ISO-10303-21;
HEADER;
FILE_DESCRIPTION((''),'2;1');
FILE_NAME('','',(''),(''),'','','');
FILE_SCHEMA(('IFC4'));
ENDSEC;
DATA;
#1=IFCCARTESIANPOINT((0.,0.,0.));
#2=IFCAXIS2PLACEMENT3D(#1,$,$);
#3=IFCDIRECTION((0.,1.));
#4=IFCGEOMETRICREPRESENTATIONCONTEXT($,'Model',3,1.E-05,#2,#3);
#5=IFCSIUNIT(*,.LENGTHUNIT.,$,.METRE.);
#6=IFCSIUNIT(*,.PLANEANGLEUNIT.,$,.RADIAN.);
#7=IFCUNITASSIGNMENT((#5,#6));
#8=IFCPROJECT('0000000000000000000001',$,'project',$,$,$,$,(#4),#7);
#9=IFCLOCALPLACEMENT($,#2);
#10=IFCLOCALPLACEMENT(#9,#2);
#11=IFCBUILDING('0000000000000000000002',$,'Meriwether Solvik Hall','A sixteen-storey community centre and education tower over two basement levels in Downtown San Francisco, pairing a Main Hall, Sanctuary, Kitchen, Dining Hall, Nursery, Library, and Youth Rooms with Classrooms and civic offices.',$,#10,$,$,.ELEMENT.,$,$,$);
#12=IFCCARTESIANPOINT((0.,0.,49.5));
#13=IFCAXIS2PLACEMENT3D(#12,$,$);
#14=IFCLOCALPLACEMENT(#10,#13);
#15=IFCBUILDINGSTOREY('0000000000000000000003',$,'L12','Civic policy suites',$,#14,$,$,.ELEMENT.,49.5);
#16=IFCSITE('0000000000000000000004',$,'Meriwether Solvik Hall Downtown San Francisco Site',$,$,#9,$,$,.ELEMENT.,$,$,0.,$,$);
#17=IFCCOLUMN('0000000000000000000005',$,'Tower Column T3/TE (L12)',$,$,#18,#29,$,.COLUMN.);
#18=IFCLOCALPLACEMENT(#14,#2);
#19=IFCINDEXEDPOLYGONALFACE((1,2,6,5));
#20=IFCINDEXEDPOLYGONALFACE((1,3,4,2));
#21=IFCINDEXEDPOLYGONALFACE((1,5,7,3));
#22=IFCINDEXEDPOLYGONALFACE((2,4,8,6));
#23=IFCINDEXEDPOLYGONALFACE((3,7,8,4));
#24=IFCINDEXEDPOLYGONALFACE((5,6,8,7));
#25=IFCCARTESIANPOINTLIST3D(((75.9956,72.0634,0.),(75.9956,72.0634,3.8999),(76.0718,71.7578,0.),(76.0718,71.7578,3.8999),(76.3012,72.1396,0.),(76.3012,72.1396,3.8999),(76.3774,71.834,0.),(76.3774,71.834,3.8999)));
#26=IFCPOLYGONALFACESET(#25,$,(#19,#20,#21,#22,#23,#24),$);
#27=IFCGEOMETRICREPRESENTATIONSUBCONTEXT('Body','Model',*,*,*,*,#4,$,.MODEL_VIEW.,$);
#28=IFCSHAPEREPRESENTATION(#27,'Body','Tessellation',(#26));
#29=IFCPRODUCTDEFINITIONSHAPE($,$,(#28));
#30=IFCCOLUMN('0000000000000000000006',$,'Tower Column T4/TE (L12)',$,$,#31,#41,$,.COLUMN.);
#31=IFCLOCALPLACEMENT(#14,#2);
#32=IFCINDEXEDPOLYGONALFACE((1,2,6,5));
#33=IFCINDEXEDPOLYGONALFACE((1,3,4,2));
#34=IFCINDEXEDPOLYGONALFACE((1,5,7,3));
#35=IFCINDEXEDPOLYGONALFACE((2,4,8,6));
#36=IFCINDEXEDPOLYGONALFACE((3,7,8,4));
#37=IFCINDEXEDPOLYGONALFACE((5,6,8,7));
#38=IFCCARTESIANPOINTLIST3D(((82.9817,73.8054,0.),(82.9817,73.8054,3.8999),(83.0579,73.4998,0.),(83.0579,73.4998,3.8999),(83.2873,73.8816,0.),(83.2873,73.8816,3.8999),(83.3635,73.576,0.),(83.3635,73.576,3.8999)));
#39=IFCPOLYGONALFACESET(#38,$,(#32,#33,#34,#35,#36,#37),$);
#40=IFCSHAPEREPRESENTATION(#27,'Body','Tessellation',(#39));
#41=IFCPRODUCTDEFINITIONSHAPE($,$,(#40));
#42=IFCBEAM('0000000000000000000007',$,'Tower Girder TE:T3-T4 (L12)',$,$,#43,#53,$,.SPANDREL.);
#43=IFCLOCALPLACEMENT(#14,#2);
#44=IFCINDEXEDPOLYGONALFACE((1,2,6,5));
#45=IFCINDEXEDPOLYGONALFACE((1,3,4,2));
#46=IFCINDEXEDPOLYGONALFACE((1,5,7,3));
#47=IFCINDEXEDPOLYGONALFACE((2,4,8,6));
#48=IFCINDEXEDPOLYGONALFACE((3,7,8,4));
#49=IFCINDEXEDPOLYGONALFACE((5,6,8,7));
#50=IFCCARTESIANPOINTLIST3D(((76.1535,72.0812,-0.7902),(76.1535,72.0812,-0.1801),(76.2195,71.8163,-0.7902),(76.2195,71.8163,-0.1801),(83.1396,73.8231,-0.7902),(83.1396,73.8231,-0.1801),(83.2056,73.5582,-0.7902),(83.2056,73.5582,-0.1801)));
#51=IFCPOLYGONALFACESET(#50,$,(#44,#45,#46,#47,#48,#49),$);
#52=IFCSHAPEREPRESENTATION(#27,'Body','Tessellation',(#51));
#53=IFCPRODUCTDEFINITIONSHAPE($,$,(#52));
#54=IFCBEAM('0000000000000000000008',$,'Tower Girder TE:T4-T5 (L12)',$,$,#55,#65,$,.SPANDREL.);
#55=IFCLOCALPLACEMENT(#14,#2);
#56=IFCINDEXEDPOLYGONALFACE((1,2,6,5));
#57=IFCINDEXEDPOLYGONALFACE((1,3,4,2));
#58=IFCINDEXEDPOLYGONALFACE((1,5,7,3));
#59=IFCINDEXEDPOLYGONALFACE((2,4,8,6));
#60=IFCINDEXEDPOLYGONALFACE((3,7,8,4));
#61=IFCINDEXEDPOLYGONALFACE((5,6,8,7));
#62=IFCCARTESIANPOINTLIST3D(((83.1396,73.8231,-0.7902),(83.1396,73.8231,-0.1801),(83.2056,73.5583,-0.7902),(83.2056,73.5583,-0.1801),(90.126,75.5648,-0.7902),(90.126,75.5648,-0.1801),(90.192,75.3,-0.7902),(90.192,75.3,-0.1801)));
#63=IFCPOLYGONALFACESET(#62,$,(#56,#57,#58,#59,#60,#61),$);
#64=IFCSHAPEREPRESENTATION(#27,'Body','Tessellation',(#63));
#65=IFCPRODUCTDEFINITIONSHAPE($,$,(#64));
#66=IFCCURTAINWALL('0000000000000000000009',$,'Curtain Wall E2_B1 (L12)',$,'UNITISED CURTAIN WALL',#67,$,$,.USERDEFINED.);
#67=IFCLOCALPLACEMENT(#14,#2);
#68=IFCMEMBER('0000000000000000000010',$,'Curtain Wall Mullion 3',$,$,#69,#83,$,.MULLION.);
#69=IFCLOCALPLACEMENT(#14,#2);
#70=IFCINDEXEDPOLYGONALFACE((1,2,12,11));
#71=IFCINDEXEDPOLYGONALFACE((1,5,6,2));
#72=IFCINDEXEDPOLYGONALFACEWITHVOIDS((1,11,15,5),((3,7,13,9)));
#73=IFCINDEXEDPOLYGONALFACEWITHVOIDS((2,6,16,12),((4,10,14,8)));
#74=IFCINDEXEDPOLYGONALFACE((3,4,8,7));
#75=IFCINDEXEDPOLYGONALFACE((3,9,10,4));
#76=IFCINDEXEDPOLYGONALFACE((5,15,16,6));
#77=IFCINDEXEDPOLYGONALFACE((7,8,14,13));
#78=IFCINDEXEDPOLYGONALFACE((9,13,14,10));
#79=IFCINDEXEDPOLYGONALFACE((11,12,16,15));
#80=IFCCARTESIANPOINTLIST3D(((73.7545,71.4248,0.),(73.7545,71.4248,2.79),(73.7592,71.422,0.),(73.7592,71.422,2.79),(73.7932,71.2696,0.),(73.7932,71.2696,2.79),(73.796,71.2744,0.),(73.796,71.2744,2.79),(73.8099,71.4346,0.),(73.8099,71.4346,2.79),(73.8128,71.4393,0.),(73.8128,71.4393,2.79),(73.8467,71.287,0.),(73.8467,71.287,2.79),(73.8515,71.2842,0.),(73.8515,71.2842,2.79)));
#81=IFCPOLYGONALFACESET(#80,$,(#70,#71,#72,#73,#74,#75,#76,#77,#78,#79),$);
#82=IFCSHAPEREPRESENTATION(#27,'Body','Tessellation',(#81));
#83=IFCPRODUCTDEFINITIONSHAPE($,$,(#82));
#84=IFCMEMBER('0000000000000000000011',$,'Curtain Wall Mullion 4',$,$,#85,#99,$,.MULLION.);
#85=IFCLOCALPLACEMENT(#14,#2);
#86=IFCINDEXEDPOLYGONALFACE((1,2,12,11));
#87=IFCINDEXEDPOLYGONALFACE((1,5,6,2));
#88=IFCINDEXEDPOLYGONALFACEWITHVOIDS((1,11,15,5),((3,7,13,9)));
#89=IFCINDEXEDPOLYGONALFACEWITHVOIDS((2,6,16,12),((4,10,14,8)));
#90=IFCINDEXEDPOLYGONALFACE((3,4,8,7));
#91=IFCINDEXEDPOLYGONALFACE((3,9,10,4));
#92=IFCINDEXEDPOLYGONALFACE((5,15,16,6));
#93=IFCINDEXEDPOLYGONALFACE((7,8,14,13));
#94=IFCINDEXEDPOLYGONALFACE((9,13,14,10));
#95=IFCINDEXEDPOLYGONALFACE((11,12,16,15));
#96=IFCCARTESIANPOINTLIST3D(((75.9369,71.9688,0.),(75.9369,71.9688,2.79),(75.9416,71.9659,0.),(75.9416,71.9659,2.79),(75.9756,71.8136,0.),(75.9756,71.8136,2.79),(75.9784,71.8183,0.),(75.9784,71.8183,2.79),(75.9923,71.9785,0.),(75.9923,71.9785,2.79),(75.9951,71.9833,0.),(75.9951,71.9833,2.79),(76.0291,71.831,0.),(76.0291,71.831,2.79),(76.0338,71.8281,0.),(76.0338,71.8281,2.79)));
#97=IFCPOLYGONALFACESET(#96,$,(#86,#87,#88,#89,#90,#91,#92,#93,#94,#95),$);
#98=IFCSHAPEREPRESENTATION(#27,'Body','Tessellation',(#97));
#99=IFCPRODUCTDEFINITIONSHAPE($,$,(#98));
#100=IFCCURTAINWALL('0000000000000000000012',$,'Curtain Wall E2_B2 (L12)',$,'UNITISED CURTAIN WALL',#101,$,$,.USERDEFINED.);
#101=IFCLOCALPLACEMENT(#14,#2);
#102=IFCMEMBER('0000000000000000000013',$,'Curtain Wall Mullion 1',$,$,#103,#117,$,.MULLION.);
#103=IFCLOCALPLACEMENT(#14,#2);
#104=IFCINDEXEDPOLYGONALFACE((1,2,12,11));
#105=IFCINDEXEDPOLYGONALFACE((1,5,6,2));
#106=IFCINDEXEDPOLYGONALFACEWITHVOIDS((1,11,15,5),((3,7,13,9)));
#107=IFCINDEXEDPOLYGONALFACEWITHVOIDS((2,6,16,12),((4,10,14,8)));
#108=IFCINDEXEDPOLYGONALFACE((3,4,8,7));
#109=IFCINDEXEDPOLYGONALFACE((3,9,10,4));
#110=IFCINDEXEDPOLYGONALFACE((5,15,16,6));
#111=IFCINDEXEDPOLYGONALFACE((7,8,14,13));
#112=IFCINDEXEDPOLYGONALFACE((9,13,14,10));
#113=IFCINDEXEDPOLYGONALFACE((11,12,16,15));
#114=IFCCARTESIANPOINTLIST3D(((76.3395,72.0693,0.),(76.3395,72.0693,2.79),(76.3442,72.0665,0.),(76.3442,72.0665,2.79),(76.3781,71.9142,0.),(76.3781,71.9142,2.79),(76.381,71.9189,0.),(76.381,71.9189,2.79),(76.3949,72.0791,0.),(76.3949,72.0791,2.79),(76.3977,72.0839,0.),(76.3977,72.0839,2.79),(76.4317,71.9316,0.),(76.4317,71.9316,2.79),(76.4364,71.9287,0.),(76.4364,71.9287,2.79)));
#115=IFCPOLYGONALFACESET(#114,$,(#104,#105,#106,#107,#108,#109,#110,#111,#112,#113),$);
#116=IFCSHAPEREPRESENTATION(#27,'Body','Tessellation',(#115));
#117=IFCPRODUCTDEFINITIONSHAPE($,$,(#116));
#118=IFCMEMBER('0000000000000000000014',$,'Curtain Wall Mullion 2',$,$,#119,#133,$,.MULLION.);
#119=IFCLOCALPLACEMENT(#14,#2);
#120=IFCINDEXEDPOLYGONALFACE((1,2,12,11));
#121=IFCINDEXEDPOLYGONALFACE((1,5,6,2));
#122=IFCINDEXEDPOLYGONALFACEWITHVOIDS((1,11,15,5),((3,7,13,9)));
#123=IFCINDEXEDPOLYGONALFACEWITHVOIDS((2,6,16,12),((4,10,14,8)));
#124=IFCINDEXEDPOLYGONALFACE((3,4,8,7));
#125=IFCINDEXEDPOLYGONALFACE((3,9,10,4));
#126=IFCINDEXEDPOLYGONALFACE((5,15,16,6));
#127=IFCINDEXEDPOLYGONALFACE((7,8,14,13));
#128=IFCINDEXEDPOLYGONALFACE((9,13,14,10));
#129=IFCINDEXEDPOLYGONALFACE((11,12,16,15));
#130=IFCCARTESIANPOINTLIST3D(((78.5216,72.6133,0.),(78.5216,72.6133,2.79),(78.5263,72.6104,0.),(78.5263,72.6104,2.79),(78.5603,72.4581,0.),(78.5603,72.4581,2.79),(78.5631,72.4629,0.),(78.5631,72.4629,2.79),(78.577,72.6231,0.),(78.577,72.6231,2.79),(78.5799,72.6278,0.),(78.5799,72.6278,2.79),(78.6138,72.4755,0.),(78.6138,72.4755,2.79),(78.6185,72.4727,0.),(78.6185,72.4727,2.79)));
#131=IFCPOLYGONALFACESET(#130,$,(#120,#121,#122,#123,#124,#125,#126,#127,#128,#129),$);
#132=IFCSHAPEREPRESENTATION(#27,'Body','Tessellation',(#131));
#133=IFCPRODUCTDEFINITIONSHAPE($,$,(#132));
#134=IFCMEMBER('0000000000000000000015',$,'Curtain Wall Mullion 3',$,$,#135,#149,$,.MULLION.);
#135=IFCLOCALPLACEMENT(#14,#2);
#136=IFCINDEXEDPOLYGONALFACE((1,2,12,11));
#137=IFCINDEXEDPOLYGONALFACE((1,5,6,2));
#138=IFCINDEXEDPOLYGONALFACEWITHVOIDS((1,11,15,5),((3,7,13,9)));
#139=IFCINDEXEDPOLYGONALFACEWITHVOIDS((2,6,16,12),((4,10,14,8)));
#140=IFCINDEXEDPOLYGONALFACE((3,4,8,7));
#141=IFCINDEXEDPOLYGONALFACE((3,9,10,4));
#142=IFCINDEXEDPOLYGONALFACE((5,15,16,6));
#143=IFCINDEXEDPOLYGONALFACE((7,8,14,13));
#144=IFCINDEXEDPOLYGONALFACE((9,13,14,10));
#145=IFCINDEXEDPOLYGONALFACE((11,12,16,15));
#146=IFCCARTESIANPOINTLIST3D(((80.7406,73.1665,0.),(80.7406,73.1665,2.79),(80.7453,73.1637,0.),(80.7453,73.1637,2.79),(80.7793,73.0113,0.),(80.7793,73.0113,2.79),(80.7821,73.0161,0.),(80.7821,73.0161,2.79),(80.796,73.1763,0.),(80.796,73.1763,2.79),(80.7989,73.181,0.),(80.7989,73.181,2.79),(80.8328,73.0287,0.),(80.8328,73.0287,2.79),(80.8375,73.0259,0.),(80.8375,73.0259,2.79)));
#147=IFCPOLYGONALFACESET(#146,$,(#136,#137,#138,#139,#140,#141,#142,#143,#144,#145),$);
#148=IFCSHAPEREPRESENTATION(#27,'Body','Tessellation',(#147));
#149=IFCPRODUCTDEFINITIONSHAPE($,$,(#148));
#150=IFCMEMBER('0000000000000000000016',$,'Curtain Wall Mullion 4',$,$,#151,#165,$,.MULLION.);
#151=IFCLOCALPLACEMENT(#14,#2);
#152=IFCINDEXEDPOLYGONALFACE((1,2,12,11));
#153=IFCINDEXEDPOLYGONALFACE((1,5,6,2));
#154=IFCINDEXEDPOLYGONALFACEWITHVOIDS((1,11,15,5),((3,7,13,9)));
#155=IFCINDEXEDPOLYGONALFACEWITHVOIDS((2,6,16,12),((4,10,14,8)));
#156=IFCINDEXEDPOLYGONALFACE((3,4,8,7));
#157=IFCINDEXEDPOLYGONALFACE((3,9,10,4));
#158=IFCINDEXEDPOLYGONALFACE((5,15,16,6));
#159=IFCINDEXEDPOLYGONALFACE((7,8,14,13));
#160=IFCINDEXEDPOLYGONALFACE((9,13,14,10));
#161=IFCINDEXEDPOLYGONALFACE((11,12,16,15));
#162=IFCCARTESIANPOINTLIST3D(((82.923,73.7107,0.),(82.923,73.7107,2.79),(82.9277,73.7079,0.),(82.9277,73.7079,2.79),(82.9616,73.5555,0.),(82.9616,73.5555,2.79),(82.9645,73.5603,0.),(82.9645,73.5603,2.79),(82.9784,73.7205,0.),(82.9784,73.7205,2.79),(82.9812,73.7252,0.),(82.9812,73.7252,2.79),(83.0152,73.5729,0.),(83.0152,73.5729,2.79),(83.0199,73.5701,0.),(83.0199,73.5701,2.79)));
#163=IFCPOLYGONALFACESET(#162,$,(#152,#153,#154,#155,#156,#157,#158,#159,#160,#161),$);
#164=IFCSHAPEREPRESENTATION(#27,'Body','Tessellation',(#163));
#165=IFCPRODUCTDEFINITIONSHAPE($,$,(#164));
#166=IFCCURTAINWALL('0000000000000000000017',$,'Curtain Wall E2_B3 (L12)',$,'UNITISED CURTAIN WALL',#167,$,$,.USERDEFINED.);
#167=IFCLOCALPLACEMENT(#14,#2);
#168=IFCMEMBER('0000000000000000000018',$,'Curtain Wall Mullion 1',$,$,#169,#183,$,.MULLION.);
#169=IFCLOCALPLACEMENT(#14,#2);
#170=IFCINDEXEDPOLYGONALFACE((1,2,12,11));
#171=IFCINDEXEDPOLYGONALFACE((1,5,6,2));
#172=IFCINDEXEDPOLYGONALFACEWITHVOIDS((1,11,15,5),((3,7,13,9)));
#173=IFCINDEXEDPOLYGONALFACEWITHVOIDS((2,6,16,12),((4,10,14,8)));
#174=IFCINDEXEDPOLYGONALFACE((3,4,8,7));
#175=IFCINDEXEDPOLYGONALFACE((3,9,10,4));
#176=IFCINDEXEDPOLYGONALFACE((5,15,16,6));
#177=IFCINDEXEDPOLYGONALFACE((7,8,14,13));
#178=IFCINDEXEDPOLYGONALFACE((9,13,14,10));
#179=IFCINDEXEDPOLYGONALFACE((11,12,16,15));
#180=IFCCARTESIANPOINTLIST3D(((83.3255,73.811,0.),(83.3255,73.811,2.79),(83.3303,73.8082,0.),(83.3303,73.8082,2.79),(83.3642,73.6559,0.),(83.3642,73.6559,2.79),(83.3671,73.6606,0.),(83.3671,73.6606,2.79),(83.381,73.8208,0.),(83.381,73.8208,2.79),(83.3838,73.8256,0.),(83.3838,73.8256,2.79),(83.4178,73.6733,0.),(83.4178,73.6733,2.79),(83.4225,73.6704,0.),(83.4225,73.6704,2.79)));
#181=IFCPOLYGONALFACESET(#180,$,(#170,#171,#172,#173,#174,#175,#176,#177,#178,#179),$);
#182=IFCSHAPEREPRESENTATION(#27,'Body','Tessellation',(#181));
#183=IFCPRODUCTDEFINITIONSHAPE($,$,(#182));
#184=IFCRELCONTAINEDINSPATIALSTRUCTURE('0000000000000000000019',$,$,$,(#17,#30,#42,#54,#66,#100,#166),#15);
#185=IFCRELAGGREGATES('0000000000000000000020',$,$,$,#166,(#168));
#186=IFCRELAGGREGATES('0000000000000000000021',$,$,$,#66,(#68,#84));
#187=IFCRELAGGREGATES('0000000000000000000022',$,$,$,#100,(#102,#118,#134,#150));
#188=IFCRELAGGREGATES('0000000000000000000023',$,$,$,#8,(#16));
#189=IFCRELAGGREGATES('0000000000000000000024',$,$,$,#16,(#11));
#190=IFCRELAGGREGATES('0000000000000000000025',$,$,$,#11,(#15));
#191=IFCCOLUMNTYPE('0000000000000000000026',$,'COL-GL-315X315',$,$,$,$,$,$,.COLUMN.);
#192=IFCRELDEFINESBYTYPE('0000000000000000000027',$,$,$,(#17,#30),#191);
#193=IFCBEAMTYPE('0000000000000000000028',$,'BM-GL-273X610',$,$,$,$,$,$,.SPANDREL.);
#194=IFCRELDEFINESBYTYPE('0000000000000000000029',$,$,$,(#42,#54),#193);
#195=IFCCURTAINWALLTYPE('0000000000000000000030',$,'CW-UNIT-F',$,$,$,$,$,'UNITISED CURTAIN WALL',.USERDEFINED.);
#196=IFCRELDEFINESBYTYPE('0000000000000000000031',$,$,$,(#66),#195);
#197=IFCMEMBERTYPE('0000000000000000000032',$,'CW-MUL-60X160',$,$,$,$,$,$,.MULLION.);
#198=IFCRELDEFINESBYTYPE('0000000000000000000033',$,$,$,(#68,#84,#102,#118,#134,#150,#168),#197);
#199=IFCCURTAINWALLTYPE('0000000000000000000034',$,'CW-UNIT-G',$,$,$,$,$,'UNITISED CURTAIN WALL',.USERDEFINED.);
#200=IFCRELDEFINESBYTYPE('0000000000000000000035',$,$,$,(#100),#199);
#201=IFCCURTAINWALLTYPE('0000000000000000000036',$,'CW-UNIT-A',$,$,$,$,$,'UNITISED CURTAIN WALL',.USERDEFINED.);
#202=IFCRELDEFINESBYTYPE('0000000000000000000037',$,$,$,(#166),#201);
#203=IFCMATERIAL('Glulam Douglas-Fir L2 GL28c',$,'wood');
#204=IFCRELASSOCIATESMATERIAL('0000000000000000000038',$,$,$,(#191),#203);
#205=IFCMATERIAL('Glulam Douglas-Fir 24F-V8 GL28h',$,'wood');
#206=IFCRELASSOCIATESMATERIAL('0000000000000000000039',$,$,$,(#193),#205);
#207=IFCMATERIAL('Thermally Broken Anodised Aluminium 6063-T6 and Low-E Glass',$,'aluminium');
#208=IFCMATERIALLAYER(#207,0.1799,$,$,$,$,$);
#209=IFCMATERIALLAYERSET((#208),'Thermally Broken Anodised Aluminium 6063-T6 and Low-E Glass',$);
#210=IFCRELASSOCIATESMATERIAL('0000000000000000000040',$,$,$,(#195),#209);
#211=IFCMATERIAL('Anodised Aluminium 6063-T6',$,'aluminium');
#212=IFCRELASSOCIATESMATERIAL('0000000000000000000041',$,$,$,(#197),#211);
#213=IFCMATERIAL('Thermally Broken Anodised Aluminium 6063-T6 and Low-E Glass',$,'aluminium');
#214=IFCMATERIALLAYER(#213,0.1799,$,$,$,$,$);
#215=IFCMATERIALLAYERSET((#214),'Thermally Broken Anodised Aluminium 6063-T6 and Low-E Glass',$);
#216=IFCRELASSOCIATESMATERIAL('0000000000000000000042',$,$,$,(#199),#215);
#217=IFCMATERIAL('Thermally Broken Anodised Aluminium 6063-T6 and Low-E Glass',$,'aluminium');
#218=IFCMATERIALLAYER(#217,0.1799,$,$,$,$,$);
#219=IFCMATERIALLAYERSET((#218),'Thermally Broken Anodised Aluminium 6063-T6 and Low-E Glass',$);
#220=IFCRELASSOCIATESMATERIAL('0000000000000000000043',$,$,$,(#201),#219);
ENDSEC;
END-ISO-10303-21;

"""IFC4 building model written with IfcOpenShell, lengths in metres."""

from ifc_helpers import new_model, si_unit, direction, frame, origin, origin_2d, place, context, subcontext, project, spatial, rectangle, hollow_rectangle, extrude, material, layer, layer_set, material_profile, profile_set, type_object, element, aggregate, save


model = new_model("IFC4")

# Units and contexts
model_context = context("Model", 3, precision=1e-05, world=origin(), true_north=direction((0.0, 1.0)))
body_context = subcontext(model_context, "Body", "Model", "MODEL_VIEW")
ifc_project = project(units=[si_unit("LENGTHUNIT", "METRE"), si_unit("PLANEANGLEUNIT", "RADIAN")], contexts=[model_context])

# Site, building, storey
site_placement = place(None, origin())
site = spatial("IfcSite", under=ifc_project, at=site_placement, Name="Meriwether Solvik Hall Downtown San Francisco Site", CompositionType="ELEMENT", RefElevation=0.0)
building_placement = place(site_placement, origin())
building = spatial("IfcBuilding", under=site, at=building_placement, Name="Meriwether Solvik Hall", Description="A sixteen-storey community centre and education tower over two basement levels in Downtown San Francisco, pairing a Main Hall, Sanctuary, Kitchen, Dining Hall, Nursery, Library, and Youth Rooms with Classrooms and civic offices.", CompositionType="ELEMENT")
storey_placement = place(building_placement, frame((0.0, 0.0, 49.5)))
storey = spatial("IfcBuildingStorey", under=building, at=storey_placement, Name="L12", Description="Civic policy suites", CompositionType="ELEMENT", Elevation=49.5)

# Columns
ifc_material_1 = material(Name="Glulam Douglas-Fir L2 GL28c", Category="wood")
ifc_material_profile_1 = material_profile(ifc_material_1, rectangle(XDim=0.3149, YDim=0.3149, at=origin_2d()), Name="GLC-315X315")
ifc_profile_set_1 = profile_set([ifc_material_profile_1], Name="Glulam Douglas-Fir L2 GL28c")
column_type = type_object("IfcColumnType", Name="COL-GL-315X315", PredefinedType="COLUMN", material=ifc_profile_set_1)
for number, where, z_axis, x_axis, name in (
    (1, (76.1865, 71.9487, 0.0), (0.0, 0.0, 1.0), (0.970296, 0.241922, 0.0), "Tower Column T3/TE (L12)"),
    (2, (83.1726, 73.6907, 0.0), (0.0, 0.0, 1.0), (0.970296, 0.241922, 0.0), "Tower Column T4/TE (L12)"),
):
    element("IfcColumn", number, at=place(storey_placement, frame(where, z_axis=z_axis, x_axis=x_axis)), inside=storey, type_object=column_type, Name=name, PredefinedType="COLUMN", context=body_context, shape_type="SweptSolid", body=[
        extrude(rectangle(XDim=0.3149, YDim=0.3149, at=origin_2d()), origin(), (0.0, 0.0, 1.0), 3.8999),
    ])

# Beams
ifc_material_2 = material(Name="Glulam Douglas-Fir 24F-V8 GL28h", Category="wood")
ifc_material_profile_2 = material_profile(ifc_material_2, rectangle(XDim=0.2729, YDim=0.6101, at=origin_2d()), Name="GLB-273X610")
ifc_profile_set_2 = profile_set([ifc_material_profile_2], Name="Glulam Douglas-Fir 24F-V8 GL28h")
beam_type = type_object("IfcBeamType", Name="BM-GL-273X610", PredefinedType="SPANDREL", material=ifc_profile_set_2)
beam_1_placement = place(storey_placement, frame((76.1865, 71.9487, -0.4851), z_axis=(0.970292, 0.241937, 0.0), x_axis=(-0.241937, 0.970292, 0.0)))
element("IfcBeam", 3, at=beam_1_placement, inside=storey, type_object=beam_type, Name="Tower Girder TE:T3-T4 (L12)", PredefinedType="SPANDREL", context=body_context, shape_type="SweptSolid", body=[
    extrude(rectangle(XDim=0.2729, YDim=0.6101, at=origin_2d()), origin(), (0.0, 0.0, 1.0), 7.2),
])
beam_2_placement = place(storey_placement, frame((83.1726, 73.6907, -0.4851), z_axis=(0.970302, 0.241897, 0.0), x_axis=(-0.241897, 0.970302, 0.0)))
element("IfcBeam", 4, at=beam_2_placement, inside=storey, type_object=beam_type, Name="Tower Girder TE:T4-T5 (L12)", PredefinedType="SPANDREL", context=body_context, shape_type="SweptSolid", body=[
    extrude(rectangle(XDim=0.2729, YDim=0.6101, at=origin_2d()), origin(), (0.0, 0.0, 1.0), 7.2002),
])

# Curtain walls, members
ifc_material_3 = material(Name="Thermally Broken Anodised Aluminium 6063-T6 and Low-E Glass", Category="aluminium")
ifc_layer_1 = layer(ifc_material_3, 0.1799)
ifc_layer_set_1 = layer_set([ifc_layer_1], Name="Thermally Broken Anodised Aluminium 6063-T6 and Low-E Glass")
curtain_wall_type_1 = type_object("IfcCurtainWallType", Name="CW-UNIT-F", ElementType="UNITISED CURTAIN WALL", PredefinedType="USERDEFINED", material=ifc_layer_set_1)
curtain_wall_1_placement = place(storey_placement, origin())
curtain_wall_1 = element("IfcCurtainWall", 5, at=curtain_wall_1_placement, inside=storey, type_object=curtain_wall_type_1, Name="Curtain Wall E2_B1 (L12)", ObjectType="UNITISED CURTAIN WALL", PredefinedType="USERDEFINED")
ifc_material_4 = material(Name="Anodised Aluminium 6063-T6", Category="aluminium")
ifc_material_profile_3 = material_profile(ifc_material_4, hollow_rectangle(XDim=0.0601, YDim=0.1599, WallThickness=0.0039, at=origin_2d()), Name="CWM-60X160")
ifc_profile_set_3 = profile_set([ifc_material_profile_3], Name="Anodised Aluminium 6063-T6")
member_type_1 = type_object("IfcMemberType", Name="CW-MUL-60X160", PredefinedType="MULLION", material=ifc_profile_set_3)
member_1_placement = place(storey_placement, frame((73.803, 71.3545, 0.0), z_axis=(0.0, 0.0, 1.0), x_axis=(0.970296, 0.241922, 0.0)))
member_1 = element("IfcMember", 6, at=member_1_placement, type_object=member_type_1, Name="Curtain Wall Mullion 3", PredefinedType="MULLION", context=body_context, shape_type="SweptSolid", body=[
    extrude(hollow_rectangle(XDim=0.0601, YDim=0.1599, WallThickness=0.0039, at=origin_2d()), origin(), (0.0, 0.0, 1.0), 2.79),
])
member_2_placement = place(storey_placement, frame((75.9854, 71.8984, 0.0), z_axis=(0.0, 0.0, 1.0), x_axis=(0.970296, 0.241922, 0.0)))
member_2 = element("IfcMember", 7, at=member_2_placement, type_object=member_type_1, Name="Curtain Wall Mullion 4", PredefinedType="MULLION", context=body_context, shape_type="SweptSolid", body=[
    extrude(hollow_rectangle(XDim=0.0601, YDim=0.1599, WallThickness=0.0039, at=origin_2d()), origin(), (0.0, 0.0, 1.0), 2.79),
])
ifc_material_5 = material(Name="Thermally Broken Anodised Aluminium 6063-T6 and Low-E Glass", Category="aluminium")
ifc_layer_2 = layer(ifc_material_5, 0.1799)
ifc_layer_set_2 = layer_set([ifc_layer_2], Name="Thermally Broken Anodised Aluminium 6063-T6 and Low-E Glass")
curtain_wall_type_2 = type_object("IfcCurtainWallType", Name="CW-UNIT-G", ElementType="UNITISED CURTAIN WALL", PredefinedType="USERDEFINED", material=ifc_layer_set_2)
curtain_wall_2_placement = place(storey_placement, origin())
curtain_wall_2 = element("IfcCurtainWall", 8, at=curtain_wall_2_placement, inside=storey, type_object=curtain_wall_type_2, Name="Curtain Wall E2_B2 (L12)", ObjectType="UNITISED CURTAIN WALL", PredefinedType="USERDEFINED")
member_3_placement = place(storey_placement, frame((76.3879, 71.999, 0.0), z_axis=(0.0, 0.0, 1.0), x_axis=(0.970296, 0.241922, 0.0)))
member_3 = element("IfcMember", 9, at=member_3_placement, type_object=member_type_1, Name="Curtain Wall Mullion 1", PredefinedType="MULLION", context=body_context, shape_type="SweptSolid", body=[
    extrude(hollow_rectangle(XDim=0.0601, YDim=0.1599, WallThickness=0.0039, at=origin_2d()), origin(), (0.0, 0.0, 1.0), 2.79),
])
member_4_placement = place(storey_placement, frame((78.5701, 72.543, 0.0), z_axis=(0.0, 0.0, 1.0), x_axis=(0.970296, 0.241922, 0.0)))
member_4 = element("IfcMember", 10, at=member_4_placement, type_object=member_type_1, Name="Curtain Wall Mullion 2", PredefinedType="MULLION", context=body_context, shape_type="SweptSolid", body=[
    extrude(hollow_rectangle(XDim=0.0601, YDim=0.1599, WallThickness=0.0039, at=origin_2d()), origin(), (0.0, 0.0, 1.0), 2.79),
])
member_5_placement = place(storey_placement, frame((80.7891, 73.0962, 0.0), z_axis=(0.0, 0.0, 1.0), x_axis=(0.970296, 0.241922, 0.0)))
member_5 = element("IfcMember", 11, at=member_5_placement, type_object=member_type_1, Name="Curtain Wall Mullion 3", PredefinedType="MULLION", context=body_context, shape_type="SweptSolid", body=[
    extrude(hollow_rectangle(XDim=0.0601, YDim=0.1599, WallThickness=0.0039, at=origin_2d()), origin(), (0.0, 0.0, 1.0), 2.79),
])
member_6_placement = place(storey_placement, frame((82.9714, 73.6404, 0.0), z_axis=(0.0, 0.0, 1.0), x_axis=(0.970296, 0.241922, 0.0)))
member_6 = element("IfcMember", 12, at=member_6_placement, type_object=member_type_1, Name="Curtain Wall Mullion 4", PredefinedType="MULLION", context=body_context, shape_type="SweptSolid", body=[
    extrude(hollow_rectangle(XDim=0.0601, YDim=0.1599, WallThickness=0.0039, at=origin_2d()), origin(), (0.0, 0.0, 1.0), 2.79),
])

# Curtain wall, member
ifc_material_6 = material(Name="Thermally Broken Anodised Aluminium 6063-T6 and Low-E Glass", Category="aluminium")
ifc_layer_3 = layer(ifc_material_6, 0.1799)
ifc_layer_set_3 = layer_set([ifc_layer_3], Name="Thermally Broken Anodised Aluminium 6063-T6 and Low-E Glass")
curtain_wall_type_3 = type_object("IfcCurtainWallType", Name="CW-UNIT-A", ElementType="UNITISED CURTAIN WALL", PredefinedType="USERDEFINED", material=ifc_layer_set_3)
curtain_wall_3_placement = place(storey_placement, origin())
curtain_wall_3 = element("IfcCurtainWall", 13, at=curtain_wall_3_placement, inside=storey, type_object=curtain_wall_type_3, Name="Curtain Wall E2_B3 (L12)", ObjectType="UNITISED CURTAIN WALL", PredefinedType="USERDEFINED")
member_7_placement = place(storey_placement, frame((83.374, 73.7407, 0.0), z_axis=(0.0, 0.0, 1.0), x_axis=(0.970296, 0.241922, 0.0)))
member_7 = element("IfcMember", 14, at=member_7_placement, type_object=member_type_1, Name="Curtain Wall Mullion 1", PredefinedType="MULLION", context=body_context, shape_type="SweptSolid", body=[
    extrude(hollow_rectangle(XDim=0.0601, YDim=0.1599, WallThickness=0.0039, at=origin_2d()), origin(), (0.0, 0.0, 1.0), 2.79),
])
aggregate(curtain_wall_3, [member_7])

aggregate(curtain_wall_1, [member_1, member_2])
aggregate(curtain_wall_2, [member_3, member_4, member_5, member_6])

save(model, "model.ifc")
